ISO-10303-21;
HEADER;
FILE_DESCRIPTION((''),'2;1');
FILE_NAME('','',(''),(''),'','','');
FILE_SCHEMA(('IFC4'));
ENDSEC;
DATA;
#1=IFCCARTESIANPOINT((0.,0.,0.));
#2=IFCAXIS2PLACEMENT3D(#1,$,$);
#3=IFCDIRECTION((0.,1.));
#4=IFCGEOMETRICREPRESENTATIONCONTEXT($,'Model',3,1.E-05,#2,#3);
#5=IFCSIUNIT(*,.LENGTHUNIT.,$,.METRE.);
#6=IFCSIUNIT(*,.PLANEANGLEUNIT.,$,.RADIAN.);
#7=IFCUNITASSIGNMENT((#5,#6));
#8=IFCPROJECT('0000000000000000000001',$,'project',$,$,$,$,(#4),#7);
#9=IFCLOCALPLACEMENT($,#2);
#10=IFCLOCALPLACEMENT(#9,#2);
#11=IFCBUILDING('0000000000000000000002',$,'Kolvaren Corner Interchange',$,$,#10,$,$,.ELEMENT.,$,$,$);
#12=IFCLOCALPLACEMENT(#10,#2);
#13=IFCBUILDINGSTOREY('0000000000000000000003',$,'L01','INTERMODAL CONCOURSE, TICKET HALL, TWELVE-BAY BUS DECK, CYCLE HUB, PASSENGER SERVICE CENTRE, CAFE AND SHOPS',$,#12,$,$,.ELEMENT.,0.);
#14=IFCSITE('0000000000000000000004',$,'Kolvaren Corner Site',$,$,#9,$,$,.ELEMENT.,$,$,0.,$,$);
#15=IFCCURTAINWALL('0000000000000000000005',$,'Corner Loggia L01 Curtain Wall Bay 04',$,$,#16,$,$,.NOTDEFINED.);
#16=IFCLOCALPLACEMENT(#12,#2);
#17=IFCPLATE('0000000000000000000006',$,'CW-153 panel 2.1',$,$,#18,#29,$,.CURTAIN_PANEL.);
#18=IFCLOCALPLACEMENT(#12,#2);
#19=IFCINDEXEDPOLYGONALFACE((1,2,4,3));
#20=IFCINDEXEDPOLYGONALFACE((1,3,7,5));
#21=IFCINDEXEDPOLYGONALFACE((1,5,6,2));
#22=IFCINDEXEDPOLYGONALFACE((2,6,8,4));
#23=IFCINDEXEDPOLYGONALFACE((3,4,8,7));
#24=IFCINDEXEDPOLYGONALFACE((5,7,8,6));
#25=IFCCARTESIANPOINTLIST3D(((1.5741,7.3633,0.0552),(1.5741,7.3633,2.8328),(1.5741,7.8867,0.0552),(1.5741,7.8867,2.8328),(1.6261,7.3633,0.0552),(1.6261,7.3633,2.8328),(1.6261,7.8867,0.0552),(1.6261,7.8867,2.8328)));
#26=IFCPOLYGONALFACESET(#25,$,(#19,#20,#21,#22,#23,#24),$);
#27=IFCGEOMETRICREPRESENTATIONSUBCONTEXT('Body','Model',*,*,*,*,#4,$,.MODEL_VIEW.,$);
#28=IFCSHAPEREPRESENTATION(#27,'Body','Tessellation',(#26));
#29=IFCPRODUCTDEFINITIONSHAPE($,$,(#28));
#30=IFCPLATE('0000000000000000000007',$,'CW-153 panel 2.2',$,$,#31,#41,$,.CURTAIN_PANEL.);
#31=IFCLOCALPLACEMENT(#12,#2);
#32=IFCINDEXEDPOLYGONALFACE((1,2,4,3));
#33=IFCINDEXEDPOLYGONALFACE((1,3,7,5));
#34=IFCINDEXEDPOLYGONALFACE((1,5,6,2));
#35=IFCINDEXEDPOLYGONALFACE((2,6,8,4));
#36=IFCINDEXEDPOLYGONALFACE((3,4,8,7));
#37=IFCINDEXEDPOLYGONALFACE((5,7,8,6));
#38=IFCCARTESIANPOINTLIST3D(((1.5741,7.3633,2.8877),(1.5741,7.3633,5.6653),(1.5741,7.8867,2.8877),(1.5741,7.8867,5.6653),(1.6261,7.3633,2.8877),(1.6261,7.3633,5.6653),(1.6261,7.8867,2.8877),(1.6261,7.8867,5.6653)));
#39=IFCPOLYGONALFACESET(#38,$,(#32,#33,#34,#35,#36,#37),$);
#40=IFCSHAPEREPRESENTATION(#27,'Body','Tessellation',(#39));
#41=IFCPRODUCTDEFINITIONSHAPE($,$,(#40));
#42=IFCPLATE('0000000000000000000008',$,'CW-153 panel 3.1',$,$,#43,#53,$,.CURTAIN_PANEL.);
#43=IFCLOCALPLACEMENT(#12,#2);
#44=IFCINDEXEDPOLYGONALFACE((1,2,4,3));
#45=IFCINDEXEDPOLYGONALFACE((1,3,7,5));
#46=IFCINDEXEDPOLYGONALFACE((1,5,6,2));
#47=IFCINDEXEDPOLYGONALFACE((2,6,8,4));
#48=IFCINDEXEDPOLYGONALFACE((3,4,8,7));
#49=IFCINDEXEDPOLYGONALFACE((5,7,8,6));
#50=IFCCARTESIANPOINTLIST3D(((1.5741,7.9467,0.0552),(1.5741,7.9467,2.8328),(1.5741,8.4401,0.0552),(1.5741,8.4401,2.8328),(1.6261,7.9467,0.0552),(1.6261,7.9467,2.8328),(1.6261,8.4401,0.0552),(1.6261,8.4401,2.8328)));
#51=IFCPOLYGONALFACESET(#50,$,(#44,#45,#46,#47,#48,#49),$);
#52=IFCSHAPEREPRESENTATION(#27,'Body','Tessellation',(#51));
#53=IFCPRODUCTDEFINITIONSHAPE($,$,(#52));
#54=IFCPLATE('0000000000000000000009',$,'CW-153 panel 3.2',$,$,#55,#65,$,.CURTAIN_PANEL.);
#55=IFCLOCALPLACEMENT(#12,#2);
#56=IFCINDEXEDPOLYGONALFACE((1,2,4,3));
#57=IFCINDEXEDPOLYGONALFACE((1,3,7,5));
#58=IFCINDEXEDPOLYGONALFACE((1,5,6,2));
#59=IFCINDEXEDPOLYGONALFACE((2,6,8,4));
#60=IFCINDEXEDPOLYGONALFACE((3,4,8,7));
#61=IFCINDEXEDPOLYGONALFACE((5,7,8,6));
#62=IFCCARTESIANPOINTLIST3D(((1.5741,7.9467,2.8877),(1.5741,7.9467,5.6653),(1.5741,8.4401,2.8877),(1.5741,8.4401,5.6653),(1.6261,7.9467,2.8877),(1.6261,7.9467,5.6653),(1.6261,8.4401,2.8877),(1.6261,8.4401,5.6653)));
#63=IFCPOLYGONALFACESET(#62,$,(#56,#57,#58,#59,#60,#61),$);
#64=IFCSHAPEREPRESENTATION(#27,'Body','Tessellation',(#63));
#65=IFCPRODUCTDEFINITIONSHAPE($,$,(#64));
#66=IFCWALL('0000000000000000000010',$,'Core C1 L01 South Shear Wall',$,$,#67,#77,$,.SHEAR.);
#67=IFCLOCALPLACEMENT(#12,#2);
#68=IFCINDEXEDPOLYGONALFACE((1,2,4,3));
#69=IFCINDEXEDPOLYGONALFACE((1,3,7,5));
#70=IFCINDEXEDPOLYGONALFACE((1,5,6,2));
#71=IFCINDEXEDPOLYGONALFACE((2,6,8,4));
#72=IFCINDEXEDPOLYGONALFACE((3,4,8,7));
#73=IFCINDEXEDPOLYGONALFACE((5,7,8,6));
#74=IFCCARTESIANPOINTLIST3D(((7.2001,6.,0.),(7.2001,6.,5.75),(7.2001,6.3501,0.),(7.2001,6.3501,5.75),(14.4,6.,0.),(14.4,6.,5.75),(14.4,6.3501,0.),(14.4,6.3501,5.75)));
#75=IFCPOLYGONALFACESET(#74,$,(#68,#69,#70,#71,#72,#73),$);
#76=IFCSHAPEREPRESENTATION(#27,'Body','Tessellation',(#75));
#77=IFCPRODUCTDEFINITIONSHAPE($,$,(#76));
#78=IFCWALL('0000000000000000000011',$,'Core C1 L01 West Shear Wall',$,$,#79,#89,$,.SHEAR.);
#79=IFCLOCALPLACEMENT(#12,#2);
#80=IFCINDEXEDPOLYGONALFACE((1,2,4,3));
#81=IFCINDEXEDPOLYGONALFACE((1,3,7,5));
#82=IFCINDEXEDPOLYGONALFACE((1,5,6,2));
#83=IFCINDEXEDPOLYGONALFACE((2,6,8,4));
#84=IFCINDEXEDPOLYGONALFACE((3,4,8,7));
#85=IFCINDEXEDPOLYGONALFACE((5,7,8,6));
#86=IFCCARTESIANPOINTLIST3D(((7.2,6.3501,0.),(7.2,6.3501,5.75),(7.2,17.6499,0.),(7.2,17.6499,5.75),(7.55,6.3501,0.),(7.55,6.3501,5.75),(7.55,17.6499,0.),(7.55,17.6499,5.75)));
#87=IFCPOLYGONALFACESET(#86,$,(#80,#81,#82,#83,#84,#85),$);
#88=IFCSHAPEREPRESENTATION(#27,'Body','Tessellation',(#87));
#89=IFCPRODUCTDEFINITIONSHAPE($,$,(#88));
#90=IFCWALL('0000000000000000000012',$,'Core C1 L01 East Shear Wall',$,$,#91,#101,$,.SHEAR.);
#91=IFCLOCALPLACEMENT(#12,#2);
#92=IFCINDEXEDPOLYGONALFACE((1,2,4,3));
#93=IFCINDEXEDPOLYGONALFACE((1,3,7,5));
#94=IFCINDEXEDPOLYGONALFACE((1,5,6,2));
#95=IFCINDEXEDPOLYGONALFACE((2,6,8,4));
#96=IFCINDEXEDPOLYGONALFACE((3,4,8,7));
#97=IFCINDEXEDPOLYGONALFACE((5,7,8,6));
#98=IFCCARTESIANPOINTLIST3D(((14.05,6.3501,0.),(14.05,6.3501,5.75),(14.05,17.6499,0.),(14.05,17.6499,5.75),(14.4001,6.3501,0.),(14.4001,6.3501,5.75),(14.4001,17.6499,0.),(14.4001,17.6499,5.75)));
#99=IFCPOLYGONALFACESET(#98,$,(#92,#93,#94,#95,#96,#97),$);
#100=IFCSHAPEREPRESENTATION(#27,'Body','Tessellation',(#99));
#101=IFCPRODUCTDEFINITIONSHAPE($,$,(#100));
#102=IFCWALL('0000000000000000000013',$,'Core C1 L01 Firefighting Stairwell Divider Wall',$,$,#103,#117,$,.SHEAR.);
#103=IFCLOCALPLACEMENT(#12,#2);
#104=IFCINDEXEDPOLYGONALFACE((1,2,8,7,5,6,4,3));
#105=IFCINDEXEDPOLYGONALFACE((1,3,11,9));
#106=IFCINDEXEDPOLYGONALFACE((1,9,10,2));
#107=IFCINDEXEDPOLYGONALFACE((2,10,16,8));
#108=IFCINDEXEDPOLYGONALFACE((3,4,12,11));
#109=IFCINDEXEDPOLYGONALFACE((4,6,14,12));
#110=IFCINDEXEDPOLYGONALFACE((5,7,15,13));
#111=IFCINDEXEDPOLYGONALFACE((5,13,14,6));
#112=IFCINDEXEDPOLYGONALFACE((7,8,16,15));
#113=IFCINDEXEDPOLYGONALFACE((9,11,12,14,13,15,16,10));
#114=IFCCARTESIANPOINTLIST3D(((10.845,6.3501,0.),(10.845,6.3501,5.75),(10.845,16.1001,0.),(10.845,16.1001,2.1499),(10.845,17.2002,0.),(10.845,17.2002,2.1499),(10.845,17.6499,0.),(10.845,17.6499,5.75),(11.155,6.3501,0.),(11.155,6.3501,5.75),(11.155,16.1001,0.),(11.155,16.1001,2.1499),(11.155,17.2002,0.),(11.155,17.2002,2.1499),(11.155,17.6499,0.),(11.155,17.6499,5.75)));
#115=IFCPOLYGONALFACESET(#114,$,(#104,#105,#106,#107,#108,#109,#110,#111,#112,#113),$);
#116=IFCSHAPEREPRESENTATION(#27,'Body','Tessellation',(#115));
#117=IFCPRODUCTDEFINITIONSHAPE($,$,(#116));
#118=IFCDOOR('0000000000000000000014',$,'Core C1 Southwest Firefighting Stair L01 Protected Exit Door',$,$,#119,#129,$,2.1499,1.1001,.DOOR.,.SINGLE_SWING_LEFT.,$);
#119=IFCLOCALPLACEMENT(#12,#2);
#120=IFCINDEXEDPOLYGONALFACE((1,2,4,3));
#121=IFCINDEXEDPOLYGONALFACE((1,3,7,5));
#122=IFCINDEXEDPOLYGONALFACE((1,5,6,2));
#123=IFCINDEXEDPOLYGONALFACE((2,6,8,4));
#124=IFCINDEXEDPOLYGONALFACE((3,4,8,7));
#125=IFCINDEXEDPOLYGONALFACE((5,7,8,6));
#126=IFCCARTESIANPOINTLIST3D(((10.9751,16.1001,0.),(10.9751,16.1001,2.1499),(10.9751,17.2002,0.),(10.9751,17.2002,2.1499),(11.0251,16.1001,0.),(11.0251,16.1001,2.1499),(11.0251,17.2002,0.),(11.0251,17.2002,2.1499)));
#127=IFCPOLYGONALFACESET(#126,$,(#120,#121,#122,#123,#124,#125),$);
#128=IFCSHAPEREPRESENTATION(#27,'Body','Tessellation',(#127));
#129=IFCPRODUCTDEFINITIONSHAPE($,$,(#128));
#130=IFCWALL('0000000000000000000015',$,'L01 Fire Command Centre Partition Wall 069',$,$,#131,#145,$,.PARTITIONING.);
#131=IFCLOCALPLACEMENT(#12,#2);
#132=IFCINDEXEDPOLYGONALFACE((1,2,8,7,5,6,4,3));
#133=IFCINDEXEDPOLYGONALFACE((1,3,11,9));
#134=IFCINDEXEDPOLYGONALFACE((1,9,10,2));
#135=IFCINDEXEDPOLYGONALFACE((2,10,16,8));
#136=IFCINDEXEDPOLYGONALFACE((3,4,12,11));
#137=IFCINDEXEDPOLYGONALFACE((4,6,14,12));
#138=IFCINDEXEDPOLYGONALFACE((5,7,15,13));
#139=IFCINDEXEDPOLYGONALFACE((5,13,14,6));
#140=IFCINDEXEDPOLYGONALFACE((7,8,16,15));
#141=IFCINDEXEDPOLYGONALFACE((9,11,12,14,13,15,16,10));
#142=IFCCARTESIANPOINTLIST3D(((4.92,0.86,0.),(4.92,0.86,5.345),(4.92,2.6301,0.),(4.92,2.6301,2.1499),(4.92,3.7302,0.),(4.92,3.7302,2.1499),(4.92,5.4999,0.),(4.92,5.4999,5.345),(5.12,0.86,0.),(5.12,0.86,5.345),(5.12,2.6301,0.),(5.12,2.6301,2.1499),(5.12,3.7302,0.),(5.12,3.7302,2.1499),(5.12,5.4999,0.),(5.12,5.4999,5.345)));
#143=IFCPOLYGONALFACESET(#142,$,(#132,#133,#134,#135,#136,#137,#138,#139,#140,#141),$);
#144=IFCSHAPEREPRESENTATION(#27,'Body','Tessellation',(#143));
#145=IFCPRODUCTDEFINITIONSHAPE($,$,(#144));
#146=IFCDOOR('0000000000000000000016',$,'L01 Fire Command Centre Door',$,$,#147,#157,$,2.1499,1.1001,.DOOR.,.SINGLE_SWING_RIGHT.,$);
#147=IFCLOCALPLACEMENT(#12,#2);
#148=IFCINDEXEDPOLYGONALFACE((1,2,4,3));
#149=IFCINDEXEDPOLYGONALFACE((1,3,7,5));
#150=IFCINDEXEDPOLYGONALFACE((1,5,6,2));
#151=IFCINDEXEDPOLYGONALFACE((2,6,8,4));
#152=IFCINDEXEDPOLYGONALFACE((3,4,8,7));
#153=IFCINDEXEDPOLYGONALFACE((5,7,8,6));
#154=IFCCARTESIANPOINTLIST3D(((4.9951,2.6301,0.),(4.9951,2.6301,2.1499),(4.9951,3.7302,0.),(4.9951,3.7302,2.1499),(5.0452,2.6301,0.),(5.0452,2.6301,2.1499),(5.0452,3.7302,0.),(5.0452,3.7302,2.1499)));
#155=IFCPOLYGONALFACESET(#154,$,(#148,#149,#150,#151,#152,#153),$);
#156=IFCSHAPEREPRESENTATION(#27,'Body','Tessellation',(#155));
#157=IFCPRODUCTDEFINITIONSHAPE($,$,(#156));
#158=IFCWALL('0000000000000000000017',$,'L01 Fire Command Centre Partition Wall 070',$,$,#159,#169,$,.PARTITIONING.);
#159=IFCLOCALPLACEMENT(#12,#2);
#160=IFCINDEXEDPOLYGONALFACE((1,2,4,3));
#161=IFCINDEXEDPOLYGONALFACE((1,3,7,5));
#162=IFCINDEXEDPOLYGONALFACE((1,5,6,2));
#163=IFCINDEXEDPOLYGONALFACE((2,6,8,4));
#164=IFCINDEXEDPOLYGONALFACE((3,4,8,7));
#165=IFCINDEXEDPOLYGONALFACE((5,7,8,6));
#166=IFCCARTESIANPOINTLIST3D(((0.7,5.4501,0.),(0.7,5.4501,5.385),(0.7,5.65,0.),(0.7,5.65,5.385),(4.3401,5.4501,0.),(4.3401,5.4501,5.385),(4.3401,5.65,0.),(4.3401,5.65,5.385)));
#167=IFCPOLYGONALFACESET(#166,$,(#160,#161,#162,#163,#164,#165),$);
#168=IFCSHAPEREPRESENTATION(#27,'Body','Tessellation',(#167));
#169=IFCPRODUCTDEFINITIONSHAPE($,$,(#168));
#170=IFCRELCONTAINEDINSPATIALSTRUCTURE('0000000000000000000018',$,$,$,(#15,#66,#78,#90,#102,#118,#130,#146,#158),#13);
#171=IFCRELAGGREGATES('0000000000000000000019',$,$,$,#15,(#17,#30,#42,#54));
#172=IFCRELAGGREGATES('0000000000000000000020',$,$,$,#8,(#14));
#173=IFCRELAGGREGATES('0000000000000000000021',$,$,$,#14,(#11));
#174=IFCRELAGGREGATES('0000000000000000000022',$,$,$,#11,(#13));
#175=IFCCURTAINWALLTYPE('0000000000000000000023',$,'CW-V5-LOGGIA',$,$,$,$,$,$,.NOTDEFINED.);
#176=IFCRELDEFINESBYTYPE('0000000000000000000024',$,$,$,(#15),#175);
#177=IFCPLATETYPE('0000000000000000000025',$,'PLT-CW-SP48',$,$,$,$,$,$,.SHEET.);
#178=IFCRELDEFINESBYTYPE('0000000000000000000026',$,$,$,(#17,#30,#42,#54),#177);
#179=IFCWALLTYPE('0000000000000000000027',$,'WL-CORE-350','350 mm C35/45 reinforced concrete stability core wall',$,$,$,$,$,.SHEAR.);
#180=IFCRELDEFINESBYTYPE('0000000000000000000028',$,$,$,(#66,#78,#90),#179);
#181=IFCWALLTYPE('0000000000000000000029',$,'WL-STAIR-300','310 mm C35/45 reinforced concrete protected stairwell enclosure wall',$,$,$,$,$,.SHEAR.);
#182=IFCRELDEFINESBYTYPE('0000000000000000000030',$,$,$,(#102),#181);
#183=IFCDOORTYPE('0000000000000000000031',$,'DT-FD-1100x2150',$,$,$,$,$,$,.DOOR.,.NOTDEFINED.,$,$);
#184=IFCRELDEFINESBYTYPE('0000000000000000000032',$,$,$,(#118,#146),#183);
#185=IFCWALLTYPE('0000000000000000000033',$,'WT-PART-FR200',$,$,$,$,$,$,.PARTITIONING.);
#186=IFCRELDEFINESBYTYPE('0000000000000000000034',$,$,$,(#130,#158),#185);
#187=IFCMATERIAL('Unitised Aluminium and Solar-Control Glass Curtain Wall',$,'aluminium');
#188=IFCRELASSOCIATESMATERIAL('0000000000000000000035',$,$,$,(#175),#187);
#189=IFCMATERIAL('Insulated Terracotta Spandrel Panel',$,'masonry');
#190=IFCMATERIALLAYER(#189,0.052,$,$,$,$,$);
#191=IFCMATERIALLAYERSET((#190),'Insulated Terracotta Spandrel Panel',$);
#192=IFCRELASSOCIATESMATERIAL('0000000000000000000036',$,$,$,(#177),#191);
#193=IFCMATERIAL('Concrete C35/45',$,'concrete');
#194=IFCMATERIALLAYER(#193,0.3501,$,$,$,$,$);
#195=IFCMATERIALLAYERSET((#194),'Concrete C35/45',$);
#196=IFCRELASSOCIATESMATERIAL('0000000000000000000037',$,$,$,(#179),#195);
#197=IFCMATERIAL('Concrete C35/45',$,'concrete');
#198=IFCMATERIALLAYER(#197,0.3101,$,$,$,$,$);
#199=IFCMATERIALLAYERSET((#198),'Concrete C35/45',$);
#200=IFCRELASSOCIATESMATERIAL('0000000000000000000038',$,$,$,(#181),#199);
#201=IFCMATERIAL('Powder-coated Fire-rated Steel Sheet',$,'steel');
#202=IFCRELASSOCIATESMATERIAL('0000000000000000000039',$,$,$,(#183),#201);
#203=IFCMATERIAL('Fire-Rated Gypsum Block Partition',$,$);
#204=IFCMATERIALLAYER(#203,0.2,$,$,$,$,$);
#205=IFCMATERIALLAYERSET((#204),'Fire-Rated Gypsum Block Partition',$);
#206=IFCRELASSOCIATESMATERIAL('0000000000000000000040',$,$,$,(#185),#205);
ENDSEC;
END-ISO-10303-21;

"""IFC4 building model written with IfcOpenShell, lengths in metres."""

from ifc_helpers import new_model, si_unit, direction, frame, frame_2d, origin, origin_2d, place, context, subcontext, project, spatial, rectangle, extrude, material, layer, layer_set, type_object, element, fill, aggregate, save


model = new_model("IFC4")

# Units and contexts
model_context = context("Model", 3, precision=1e-05, world=origin(), true_north=direction((0.0, 1.0)))
body_context = subcontext(model_context, "Body", "Model", "MODEL_VIEW")
ifc_project = project(units=[si_unit("LENGTHUNIT", "METRE"), si_unit("PLANEANGLEUNIT", "RADIAN")], contexts=[model_context])

# Site, building, storey
site_placement = place(None, origin())
site = spatial("IfcSite", under=ifc_project, at=site_placement, Name="Kolvaren Corner Site", CompositionType="ELEMENT", RefElevation=0.0)
building_placement = place(site_placement, origin())
building = spatial("IfcBuilding", under=site, at=building_placement, Name="Kolvaren Corner Interchange", CompositionType="ELEMENT")
storey_placement = place(building_placement, origin())
storey = spatial("IfcBuildingStorey", under=building, at=storey_placement, Name="L01", Description="INTERMODAL CONCOURSE, TICKET HALL, TWELVE-BAY BUS DECK, CYCLE HUB, PASSENGER SERVICE CENTRE, CAFE AND SHOPS", CompositionType="ELEMENT", Elevation=0.0)

# Curtain wall, plates
ifc_material_1 = material(Name="Unitised Aluminium and Solar-Control Glass Curtain Wall", Category="aluminium")
curtain_wall_type = type_object("IfcCurtainWallType", Name="CW-V5-LOGGIA", PredefinedType="NOTDEFINED", material=ifc_material_1)
curtain_wall_placement = place(storey_placement, origin())
curtain_wall = element("IfcCurtainWall", 1, at=curtain_wall_placement, inside=storey, type_object=curtain_wall_type, Name="Corner Loggia L01 Curtain Wall Bay 04", PredefinedType="NOTDEFINED")
ifc_material_2 = material(Name="Insulated Terracotta Spandrel Panel", Category="masonry")
ifc_layer_1 = layer(ifc_material_2, 0.052)
ifc_layer_set_1 = layer_set([ifc_layer_1], Name="Insulated Terracotta Spandrel Panel")
plate_type = type_object("IfcPlateType", Name="PLT-CW-SP48", PredefinedType="SHEET", material=ifc_layer_set_1)
plate_1_placement = place(storey_placement, frame((1.6001, 7.625, 0.0552), z_axis=(0.0, 0.0, 1.0), x_axis=(0.0, 1.0, 0.0)))
plate_1 = element("IfcPlate", 2, at=plate_1_placement, type_object=plate_type, Name="CW-153 panel 2.1", PredefinedType="CURTAIN_PANEL", context=body_context, shape_type="SweptSolid", body=[
    extrude(rectangle(XDim=0.5234, YDim=0.052, at=origin_2d()), origin(), (0.0, 0.0, 1.0), 2.7776),
])
plate_2_placement = place(storey_placement, frame((1.6001, 7.625, 2.8877), z_axis=(0.0, 0.0, 1.0), x_axis=(0.0, 1.0, 0.0)))
plate_2 = element("IfcPlate", 3, at=plate_2_placement, type_object=plate_type, Name="CW-153 panel 2.2", PredefinedType="CURTAIN_PANEL", context=body_context, shape_type="SweptSolid", body=[
    extrude(rectangle(XDim=0.5234, YDim=0.052, at=origin_2d()), origin(), (0.0, 0.0, 1.0), 2.7776),
])
plate_3_placement = place(storey_placement, frame((1.6001, 8.1934, 0.0552), z_axis=(0.0, 0.0, 1.0), x_axis=(0.0, 1.0, 0.0)))
plate_3 = element("IfcPlate", 4, at=plate_3_placement, type_object=plate_type, Name="CW-153 panel 3.1", PredefinedType="CURTAIN_PANEL", context=body_context, shape_type="SweptSolid", body=[
    extrude(rectangle(XDim=0.4934, YDim=0.052, at=origin_2d()), origin(), (0.0, 0.0, 1.0), 2.7776),
])
plate_4_placement = place(storey_placement, frame((1.6001, 8.1934, 2.8877), z_axis=(0.0, 0.0, 1.0), x_axis=(0.0, 1.0, 0.0)))
plate_4 = element("IfcPlate", 5, at=plate_4_placement, type_object=plate_type, Name="CW-153 panel 3.2", PredefinedType="CURTAIN_PANEL", context=body_context, shape_type="SweptSolid", body=[
    extrude(rectangle(XDim=0.4934, YDim=0.052, at=origin_2d()), origin(), (0.0, 0.0, 1.0), 2.7776),
])
aggregate(curtain_wall, [plate_1, plate_2, plate_3, plate_4])

# Walls
ifc_material_3 = material(Name="Concrete C35/45", Category="concrete")
ifc_layer_2 = layer(ifc_material_3, 0.3501)
ifc_layer_set_2 = layer_set([ifc_layer_2], Name="Concrete C35/45")
wall_type_1 = type_object("IfcWallType", Name="WL-CORE-350", Description="350 mm C35/45 reinforced concrete stability core wall", PredefinedType="SHEAR", material=ifc_layer_set_2)
wall_1_placement = place(storey_placement, frame((7.2, 6.175, 0.0), z_axis=(0.0, 0.0, 1.0), x_axis=(1.0, 0.0, 0.0)))
element("IfcWall", 6, at=wall_1_placement, inside=storey, type_object=wall_type_1, Name="Core C1 L01 South Shear Wall", PredefinedType="SHEAR", context=body_context, shape_type="SweptSolid", body=[
    extrude(rectangle(XDim=7.2, YDim=0.3501, at=frame_2d((3.6001, 0.0))), origin(), (0.0, 0.0, 1.0), 5.75),
])
for number, where, z_axis, x_axis, name in (
    (7, (7.375, 6.3501, 0.0), (0.0, 0.0, 1.0), (0.0, 1.0, 0.0), "Core C1 L01 West Shear Wall"),
    (8, (14.2251, 6.3501, 0.0), (0.0, 0.0, 1.0), (0.0, 1.0, 0.0), "Core C1 L01 East Shear Wall"),
):
    element("IfcWall", number, at=place(storey_placement, frame(where, z_axis=z_axis, x_axis=x_axis)), inside=storey, type_object=wall_type_1, Name=name, PredefinedType="SHEAR", context=body_context, shape_type="SweptSolid", body=[
        extrude(rectangle(XDim=11.2998, YDim=0.3501, at=frame_2d((5.6499, 0.0))), origin(), (0.0, 0.0, 1.0), 5.75),
    ])

# Walls, openings, doors
ifc_material_4 = material(Name="Concrete C35/45", Category="concrete")
ifc_layer_3 = layer(ifc_material_4, 0.3101)
ifc_layer_set_3 = layer_set([ifc_layer_3], Name="Concrete C35/45")
wall_type_2 = type_object("IfcWallType", Name="WL-STAIR-300", Description="310 mm C35/45 reinforced concrete protected stairwell enclosure wall", PredefinedType="SHEAR", material=ifc_layer_set_3)
wall_2_placement = place(storey_placement, frame((11.0, 6.3501, 0.0), z_axis=(0.0, 0.0, 1.0), x_axis=(0.0, 1.0, 0.0)))
wall_2 = element("IfcWall", 9, at=wall_2_placement, inside=storey, type_object=wall_type_2, Name="Core C1 L01 Firefighting Stairwell Divider Wall", PredefinedType="SHEAR", context=body_context, shape_type="SweptSolid", body=[
    extrude(rectangle(XDim=11.2998, YDim=0.3101, at=frame_2d((5.6499, 0.0))), origin(), (0.0, 0.0, 1.0), 5.75),
])
opening_1_placement = place(wall_2_placement, frame((9.75, 0.0, 0.0)))
opening_1 = element("IfcOpeningElement", 10, at=opening_1_placement, cuts=wall_2, PredefinedType="OPENING", context=body_context, shape_type="SweptSolid", body=[
    extrude(rectangle(XDim=1.1001, YDim=2.1499, at=frame_2d((0.55, 1.075))), frame((0.0, 0.165, 0.0), z_axis=(0.0, -1.0, 0.0), x_axis=(1.0, 0.0, 0.0)), (0.0, 0.0, 1.0), 0.3301),
])
ifc_material_5 = material(Name="Powder-coated Fire-rated Steel Sheet", Category="steel")
door_type_1 = type_object("IfcDoorType", Name="DT-FD-1100x2150", OperationType="NOTDEFINED", PredefinedType="DOOR", material=ifc_material_5)
door_1_placement = place(opening_1_placement, origin())
door_1 = element("IfcDoor", 11, at=door_1_placement, inside=storey, type_object=door_type_1, Name="Core C1 Southwest Firefighting Stair L01 Protected Exit Door", OperationType="SINGLE_SWING_LEFT", OverallHeight=2.1499, OverallWidth=1.1001, PredefinedType="DOOR", context=body_context, shape_type="SweptSolid", body=[
    extrude(rectangle(XDim=1.1001, YDim=2.1499, at=frame_2d((0.55, 1.075))), frame((0.0, 0.0249, 0.0), z_axis=(0.0, -1.0, 0.0), x_axis=(1.0, 0.0, 0.0)), (0.0, 0.0, 1.0), 0.05),
])
fill(opening_1, door_1)
ifc_material_6 = material(Name="Fire-Rated Gypsum Block Partition")
ifc_layer_4 = layer(ifc_material_6, 0.2)
ifc_layer_set_4 = layer_set([ifc_layer_4], Name="Fire-Rated Gypsum Block Partition")
wall_type_3 = type_object("IfcWallType", Name="WT-PART-FR200", PredefinedType="PARTITIONING", material=ifc_layer_set_4)
wall_3_placement = place(storey_placement, frame((5.02, 0.8601, 0.0), z_axis=(0.0, 0.0, 1.0), x_axis=(0.0, 1.0, 0.0)))
wall_3 = element("IfcWall", 12, at=wall_3_placement, inside=storey, type_object=wall_type_3, Name="L01 Fire Command Centre Partition Wall 069", PredefinedType="PARTITIONING", context=body_context, shape_type="SweptSolid", body=[
    extrude(rectangle(XDim=4.6399, YDim=0.2, at=frame_2d((2.3198, 0.0))), origin(), (0.0, 0.0, 1.0), 5.345),
])
opening_2_placement = place(wall_3_placement, frame((1.77, 0.0, 0.0)))
opening_2 = element("IfcOpeningElement", 13, at=opening_2_placement, cuts=wall_3, PredefinedType="OPENING", context=body_context, shape_type="SweptSolid", body=[
    extrude(rectangle(XDim=1.1001, YDim=2.1499, at=frame_2d((0.55, 1.075))), frame((0.0, 0.1099, 0.0), z_axis=(0.0, -1.0, 0.0), x_axis=(1.0, 0.0, 0.0)), (0.0, 0.0, 1.0), 0.22),
])
door_2_placement = place(opening_2_placement, origin())
door_2 = element("IfcDoor", 14, at=door_2_placement, inside=storey, type_object=door_type_1, Name="L01 Fire Command Centre Door", OperationType="SINGLE_SWING_RIGHT", OverallHeight=2.1499, OverallWidth=1.1001, PredefinedType="DOOR", context=body_context, shape_type="SweptSolid", body=[
    extrude(rectangle(XDim=1.1001, YDim=2.1499, at=frame_2d((0.55, 1.075))), frame((0.0, 0.0249, 0.0), z_axis=(0.0, -1.0, 0.0), x_axis=(1.0, 0.0, 0.0)), (0.0, 0.0, 1.0), 0.05),
])
fill(opening_2, door_2)

# Wall
wall_4_placement = place(storey_placement, frame((4.3401, 5.55, 0.0), z_axis=(0.0, 0.0, 1.0), x_axis=(-1.0, 0.0, 0.0)))
element("IfcWall", 15, at=wall_4_placement, inside=storey, type_object=wall_type_3, Name="L01 Fire Command Centre Partition Wall 070", PredefinedType="PARTITIONING", context=body_context, shape_type="SweptSolid", body=[
    extrude(rectangle(XDim=3.6401, YDim=0.2, at=frame_2d((1.8201, 0.0))), origin(), (0.0, 0.0, 1.0), 5.385),
])

save(model, "model.ifc")
